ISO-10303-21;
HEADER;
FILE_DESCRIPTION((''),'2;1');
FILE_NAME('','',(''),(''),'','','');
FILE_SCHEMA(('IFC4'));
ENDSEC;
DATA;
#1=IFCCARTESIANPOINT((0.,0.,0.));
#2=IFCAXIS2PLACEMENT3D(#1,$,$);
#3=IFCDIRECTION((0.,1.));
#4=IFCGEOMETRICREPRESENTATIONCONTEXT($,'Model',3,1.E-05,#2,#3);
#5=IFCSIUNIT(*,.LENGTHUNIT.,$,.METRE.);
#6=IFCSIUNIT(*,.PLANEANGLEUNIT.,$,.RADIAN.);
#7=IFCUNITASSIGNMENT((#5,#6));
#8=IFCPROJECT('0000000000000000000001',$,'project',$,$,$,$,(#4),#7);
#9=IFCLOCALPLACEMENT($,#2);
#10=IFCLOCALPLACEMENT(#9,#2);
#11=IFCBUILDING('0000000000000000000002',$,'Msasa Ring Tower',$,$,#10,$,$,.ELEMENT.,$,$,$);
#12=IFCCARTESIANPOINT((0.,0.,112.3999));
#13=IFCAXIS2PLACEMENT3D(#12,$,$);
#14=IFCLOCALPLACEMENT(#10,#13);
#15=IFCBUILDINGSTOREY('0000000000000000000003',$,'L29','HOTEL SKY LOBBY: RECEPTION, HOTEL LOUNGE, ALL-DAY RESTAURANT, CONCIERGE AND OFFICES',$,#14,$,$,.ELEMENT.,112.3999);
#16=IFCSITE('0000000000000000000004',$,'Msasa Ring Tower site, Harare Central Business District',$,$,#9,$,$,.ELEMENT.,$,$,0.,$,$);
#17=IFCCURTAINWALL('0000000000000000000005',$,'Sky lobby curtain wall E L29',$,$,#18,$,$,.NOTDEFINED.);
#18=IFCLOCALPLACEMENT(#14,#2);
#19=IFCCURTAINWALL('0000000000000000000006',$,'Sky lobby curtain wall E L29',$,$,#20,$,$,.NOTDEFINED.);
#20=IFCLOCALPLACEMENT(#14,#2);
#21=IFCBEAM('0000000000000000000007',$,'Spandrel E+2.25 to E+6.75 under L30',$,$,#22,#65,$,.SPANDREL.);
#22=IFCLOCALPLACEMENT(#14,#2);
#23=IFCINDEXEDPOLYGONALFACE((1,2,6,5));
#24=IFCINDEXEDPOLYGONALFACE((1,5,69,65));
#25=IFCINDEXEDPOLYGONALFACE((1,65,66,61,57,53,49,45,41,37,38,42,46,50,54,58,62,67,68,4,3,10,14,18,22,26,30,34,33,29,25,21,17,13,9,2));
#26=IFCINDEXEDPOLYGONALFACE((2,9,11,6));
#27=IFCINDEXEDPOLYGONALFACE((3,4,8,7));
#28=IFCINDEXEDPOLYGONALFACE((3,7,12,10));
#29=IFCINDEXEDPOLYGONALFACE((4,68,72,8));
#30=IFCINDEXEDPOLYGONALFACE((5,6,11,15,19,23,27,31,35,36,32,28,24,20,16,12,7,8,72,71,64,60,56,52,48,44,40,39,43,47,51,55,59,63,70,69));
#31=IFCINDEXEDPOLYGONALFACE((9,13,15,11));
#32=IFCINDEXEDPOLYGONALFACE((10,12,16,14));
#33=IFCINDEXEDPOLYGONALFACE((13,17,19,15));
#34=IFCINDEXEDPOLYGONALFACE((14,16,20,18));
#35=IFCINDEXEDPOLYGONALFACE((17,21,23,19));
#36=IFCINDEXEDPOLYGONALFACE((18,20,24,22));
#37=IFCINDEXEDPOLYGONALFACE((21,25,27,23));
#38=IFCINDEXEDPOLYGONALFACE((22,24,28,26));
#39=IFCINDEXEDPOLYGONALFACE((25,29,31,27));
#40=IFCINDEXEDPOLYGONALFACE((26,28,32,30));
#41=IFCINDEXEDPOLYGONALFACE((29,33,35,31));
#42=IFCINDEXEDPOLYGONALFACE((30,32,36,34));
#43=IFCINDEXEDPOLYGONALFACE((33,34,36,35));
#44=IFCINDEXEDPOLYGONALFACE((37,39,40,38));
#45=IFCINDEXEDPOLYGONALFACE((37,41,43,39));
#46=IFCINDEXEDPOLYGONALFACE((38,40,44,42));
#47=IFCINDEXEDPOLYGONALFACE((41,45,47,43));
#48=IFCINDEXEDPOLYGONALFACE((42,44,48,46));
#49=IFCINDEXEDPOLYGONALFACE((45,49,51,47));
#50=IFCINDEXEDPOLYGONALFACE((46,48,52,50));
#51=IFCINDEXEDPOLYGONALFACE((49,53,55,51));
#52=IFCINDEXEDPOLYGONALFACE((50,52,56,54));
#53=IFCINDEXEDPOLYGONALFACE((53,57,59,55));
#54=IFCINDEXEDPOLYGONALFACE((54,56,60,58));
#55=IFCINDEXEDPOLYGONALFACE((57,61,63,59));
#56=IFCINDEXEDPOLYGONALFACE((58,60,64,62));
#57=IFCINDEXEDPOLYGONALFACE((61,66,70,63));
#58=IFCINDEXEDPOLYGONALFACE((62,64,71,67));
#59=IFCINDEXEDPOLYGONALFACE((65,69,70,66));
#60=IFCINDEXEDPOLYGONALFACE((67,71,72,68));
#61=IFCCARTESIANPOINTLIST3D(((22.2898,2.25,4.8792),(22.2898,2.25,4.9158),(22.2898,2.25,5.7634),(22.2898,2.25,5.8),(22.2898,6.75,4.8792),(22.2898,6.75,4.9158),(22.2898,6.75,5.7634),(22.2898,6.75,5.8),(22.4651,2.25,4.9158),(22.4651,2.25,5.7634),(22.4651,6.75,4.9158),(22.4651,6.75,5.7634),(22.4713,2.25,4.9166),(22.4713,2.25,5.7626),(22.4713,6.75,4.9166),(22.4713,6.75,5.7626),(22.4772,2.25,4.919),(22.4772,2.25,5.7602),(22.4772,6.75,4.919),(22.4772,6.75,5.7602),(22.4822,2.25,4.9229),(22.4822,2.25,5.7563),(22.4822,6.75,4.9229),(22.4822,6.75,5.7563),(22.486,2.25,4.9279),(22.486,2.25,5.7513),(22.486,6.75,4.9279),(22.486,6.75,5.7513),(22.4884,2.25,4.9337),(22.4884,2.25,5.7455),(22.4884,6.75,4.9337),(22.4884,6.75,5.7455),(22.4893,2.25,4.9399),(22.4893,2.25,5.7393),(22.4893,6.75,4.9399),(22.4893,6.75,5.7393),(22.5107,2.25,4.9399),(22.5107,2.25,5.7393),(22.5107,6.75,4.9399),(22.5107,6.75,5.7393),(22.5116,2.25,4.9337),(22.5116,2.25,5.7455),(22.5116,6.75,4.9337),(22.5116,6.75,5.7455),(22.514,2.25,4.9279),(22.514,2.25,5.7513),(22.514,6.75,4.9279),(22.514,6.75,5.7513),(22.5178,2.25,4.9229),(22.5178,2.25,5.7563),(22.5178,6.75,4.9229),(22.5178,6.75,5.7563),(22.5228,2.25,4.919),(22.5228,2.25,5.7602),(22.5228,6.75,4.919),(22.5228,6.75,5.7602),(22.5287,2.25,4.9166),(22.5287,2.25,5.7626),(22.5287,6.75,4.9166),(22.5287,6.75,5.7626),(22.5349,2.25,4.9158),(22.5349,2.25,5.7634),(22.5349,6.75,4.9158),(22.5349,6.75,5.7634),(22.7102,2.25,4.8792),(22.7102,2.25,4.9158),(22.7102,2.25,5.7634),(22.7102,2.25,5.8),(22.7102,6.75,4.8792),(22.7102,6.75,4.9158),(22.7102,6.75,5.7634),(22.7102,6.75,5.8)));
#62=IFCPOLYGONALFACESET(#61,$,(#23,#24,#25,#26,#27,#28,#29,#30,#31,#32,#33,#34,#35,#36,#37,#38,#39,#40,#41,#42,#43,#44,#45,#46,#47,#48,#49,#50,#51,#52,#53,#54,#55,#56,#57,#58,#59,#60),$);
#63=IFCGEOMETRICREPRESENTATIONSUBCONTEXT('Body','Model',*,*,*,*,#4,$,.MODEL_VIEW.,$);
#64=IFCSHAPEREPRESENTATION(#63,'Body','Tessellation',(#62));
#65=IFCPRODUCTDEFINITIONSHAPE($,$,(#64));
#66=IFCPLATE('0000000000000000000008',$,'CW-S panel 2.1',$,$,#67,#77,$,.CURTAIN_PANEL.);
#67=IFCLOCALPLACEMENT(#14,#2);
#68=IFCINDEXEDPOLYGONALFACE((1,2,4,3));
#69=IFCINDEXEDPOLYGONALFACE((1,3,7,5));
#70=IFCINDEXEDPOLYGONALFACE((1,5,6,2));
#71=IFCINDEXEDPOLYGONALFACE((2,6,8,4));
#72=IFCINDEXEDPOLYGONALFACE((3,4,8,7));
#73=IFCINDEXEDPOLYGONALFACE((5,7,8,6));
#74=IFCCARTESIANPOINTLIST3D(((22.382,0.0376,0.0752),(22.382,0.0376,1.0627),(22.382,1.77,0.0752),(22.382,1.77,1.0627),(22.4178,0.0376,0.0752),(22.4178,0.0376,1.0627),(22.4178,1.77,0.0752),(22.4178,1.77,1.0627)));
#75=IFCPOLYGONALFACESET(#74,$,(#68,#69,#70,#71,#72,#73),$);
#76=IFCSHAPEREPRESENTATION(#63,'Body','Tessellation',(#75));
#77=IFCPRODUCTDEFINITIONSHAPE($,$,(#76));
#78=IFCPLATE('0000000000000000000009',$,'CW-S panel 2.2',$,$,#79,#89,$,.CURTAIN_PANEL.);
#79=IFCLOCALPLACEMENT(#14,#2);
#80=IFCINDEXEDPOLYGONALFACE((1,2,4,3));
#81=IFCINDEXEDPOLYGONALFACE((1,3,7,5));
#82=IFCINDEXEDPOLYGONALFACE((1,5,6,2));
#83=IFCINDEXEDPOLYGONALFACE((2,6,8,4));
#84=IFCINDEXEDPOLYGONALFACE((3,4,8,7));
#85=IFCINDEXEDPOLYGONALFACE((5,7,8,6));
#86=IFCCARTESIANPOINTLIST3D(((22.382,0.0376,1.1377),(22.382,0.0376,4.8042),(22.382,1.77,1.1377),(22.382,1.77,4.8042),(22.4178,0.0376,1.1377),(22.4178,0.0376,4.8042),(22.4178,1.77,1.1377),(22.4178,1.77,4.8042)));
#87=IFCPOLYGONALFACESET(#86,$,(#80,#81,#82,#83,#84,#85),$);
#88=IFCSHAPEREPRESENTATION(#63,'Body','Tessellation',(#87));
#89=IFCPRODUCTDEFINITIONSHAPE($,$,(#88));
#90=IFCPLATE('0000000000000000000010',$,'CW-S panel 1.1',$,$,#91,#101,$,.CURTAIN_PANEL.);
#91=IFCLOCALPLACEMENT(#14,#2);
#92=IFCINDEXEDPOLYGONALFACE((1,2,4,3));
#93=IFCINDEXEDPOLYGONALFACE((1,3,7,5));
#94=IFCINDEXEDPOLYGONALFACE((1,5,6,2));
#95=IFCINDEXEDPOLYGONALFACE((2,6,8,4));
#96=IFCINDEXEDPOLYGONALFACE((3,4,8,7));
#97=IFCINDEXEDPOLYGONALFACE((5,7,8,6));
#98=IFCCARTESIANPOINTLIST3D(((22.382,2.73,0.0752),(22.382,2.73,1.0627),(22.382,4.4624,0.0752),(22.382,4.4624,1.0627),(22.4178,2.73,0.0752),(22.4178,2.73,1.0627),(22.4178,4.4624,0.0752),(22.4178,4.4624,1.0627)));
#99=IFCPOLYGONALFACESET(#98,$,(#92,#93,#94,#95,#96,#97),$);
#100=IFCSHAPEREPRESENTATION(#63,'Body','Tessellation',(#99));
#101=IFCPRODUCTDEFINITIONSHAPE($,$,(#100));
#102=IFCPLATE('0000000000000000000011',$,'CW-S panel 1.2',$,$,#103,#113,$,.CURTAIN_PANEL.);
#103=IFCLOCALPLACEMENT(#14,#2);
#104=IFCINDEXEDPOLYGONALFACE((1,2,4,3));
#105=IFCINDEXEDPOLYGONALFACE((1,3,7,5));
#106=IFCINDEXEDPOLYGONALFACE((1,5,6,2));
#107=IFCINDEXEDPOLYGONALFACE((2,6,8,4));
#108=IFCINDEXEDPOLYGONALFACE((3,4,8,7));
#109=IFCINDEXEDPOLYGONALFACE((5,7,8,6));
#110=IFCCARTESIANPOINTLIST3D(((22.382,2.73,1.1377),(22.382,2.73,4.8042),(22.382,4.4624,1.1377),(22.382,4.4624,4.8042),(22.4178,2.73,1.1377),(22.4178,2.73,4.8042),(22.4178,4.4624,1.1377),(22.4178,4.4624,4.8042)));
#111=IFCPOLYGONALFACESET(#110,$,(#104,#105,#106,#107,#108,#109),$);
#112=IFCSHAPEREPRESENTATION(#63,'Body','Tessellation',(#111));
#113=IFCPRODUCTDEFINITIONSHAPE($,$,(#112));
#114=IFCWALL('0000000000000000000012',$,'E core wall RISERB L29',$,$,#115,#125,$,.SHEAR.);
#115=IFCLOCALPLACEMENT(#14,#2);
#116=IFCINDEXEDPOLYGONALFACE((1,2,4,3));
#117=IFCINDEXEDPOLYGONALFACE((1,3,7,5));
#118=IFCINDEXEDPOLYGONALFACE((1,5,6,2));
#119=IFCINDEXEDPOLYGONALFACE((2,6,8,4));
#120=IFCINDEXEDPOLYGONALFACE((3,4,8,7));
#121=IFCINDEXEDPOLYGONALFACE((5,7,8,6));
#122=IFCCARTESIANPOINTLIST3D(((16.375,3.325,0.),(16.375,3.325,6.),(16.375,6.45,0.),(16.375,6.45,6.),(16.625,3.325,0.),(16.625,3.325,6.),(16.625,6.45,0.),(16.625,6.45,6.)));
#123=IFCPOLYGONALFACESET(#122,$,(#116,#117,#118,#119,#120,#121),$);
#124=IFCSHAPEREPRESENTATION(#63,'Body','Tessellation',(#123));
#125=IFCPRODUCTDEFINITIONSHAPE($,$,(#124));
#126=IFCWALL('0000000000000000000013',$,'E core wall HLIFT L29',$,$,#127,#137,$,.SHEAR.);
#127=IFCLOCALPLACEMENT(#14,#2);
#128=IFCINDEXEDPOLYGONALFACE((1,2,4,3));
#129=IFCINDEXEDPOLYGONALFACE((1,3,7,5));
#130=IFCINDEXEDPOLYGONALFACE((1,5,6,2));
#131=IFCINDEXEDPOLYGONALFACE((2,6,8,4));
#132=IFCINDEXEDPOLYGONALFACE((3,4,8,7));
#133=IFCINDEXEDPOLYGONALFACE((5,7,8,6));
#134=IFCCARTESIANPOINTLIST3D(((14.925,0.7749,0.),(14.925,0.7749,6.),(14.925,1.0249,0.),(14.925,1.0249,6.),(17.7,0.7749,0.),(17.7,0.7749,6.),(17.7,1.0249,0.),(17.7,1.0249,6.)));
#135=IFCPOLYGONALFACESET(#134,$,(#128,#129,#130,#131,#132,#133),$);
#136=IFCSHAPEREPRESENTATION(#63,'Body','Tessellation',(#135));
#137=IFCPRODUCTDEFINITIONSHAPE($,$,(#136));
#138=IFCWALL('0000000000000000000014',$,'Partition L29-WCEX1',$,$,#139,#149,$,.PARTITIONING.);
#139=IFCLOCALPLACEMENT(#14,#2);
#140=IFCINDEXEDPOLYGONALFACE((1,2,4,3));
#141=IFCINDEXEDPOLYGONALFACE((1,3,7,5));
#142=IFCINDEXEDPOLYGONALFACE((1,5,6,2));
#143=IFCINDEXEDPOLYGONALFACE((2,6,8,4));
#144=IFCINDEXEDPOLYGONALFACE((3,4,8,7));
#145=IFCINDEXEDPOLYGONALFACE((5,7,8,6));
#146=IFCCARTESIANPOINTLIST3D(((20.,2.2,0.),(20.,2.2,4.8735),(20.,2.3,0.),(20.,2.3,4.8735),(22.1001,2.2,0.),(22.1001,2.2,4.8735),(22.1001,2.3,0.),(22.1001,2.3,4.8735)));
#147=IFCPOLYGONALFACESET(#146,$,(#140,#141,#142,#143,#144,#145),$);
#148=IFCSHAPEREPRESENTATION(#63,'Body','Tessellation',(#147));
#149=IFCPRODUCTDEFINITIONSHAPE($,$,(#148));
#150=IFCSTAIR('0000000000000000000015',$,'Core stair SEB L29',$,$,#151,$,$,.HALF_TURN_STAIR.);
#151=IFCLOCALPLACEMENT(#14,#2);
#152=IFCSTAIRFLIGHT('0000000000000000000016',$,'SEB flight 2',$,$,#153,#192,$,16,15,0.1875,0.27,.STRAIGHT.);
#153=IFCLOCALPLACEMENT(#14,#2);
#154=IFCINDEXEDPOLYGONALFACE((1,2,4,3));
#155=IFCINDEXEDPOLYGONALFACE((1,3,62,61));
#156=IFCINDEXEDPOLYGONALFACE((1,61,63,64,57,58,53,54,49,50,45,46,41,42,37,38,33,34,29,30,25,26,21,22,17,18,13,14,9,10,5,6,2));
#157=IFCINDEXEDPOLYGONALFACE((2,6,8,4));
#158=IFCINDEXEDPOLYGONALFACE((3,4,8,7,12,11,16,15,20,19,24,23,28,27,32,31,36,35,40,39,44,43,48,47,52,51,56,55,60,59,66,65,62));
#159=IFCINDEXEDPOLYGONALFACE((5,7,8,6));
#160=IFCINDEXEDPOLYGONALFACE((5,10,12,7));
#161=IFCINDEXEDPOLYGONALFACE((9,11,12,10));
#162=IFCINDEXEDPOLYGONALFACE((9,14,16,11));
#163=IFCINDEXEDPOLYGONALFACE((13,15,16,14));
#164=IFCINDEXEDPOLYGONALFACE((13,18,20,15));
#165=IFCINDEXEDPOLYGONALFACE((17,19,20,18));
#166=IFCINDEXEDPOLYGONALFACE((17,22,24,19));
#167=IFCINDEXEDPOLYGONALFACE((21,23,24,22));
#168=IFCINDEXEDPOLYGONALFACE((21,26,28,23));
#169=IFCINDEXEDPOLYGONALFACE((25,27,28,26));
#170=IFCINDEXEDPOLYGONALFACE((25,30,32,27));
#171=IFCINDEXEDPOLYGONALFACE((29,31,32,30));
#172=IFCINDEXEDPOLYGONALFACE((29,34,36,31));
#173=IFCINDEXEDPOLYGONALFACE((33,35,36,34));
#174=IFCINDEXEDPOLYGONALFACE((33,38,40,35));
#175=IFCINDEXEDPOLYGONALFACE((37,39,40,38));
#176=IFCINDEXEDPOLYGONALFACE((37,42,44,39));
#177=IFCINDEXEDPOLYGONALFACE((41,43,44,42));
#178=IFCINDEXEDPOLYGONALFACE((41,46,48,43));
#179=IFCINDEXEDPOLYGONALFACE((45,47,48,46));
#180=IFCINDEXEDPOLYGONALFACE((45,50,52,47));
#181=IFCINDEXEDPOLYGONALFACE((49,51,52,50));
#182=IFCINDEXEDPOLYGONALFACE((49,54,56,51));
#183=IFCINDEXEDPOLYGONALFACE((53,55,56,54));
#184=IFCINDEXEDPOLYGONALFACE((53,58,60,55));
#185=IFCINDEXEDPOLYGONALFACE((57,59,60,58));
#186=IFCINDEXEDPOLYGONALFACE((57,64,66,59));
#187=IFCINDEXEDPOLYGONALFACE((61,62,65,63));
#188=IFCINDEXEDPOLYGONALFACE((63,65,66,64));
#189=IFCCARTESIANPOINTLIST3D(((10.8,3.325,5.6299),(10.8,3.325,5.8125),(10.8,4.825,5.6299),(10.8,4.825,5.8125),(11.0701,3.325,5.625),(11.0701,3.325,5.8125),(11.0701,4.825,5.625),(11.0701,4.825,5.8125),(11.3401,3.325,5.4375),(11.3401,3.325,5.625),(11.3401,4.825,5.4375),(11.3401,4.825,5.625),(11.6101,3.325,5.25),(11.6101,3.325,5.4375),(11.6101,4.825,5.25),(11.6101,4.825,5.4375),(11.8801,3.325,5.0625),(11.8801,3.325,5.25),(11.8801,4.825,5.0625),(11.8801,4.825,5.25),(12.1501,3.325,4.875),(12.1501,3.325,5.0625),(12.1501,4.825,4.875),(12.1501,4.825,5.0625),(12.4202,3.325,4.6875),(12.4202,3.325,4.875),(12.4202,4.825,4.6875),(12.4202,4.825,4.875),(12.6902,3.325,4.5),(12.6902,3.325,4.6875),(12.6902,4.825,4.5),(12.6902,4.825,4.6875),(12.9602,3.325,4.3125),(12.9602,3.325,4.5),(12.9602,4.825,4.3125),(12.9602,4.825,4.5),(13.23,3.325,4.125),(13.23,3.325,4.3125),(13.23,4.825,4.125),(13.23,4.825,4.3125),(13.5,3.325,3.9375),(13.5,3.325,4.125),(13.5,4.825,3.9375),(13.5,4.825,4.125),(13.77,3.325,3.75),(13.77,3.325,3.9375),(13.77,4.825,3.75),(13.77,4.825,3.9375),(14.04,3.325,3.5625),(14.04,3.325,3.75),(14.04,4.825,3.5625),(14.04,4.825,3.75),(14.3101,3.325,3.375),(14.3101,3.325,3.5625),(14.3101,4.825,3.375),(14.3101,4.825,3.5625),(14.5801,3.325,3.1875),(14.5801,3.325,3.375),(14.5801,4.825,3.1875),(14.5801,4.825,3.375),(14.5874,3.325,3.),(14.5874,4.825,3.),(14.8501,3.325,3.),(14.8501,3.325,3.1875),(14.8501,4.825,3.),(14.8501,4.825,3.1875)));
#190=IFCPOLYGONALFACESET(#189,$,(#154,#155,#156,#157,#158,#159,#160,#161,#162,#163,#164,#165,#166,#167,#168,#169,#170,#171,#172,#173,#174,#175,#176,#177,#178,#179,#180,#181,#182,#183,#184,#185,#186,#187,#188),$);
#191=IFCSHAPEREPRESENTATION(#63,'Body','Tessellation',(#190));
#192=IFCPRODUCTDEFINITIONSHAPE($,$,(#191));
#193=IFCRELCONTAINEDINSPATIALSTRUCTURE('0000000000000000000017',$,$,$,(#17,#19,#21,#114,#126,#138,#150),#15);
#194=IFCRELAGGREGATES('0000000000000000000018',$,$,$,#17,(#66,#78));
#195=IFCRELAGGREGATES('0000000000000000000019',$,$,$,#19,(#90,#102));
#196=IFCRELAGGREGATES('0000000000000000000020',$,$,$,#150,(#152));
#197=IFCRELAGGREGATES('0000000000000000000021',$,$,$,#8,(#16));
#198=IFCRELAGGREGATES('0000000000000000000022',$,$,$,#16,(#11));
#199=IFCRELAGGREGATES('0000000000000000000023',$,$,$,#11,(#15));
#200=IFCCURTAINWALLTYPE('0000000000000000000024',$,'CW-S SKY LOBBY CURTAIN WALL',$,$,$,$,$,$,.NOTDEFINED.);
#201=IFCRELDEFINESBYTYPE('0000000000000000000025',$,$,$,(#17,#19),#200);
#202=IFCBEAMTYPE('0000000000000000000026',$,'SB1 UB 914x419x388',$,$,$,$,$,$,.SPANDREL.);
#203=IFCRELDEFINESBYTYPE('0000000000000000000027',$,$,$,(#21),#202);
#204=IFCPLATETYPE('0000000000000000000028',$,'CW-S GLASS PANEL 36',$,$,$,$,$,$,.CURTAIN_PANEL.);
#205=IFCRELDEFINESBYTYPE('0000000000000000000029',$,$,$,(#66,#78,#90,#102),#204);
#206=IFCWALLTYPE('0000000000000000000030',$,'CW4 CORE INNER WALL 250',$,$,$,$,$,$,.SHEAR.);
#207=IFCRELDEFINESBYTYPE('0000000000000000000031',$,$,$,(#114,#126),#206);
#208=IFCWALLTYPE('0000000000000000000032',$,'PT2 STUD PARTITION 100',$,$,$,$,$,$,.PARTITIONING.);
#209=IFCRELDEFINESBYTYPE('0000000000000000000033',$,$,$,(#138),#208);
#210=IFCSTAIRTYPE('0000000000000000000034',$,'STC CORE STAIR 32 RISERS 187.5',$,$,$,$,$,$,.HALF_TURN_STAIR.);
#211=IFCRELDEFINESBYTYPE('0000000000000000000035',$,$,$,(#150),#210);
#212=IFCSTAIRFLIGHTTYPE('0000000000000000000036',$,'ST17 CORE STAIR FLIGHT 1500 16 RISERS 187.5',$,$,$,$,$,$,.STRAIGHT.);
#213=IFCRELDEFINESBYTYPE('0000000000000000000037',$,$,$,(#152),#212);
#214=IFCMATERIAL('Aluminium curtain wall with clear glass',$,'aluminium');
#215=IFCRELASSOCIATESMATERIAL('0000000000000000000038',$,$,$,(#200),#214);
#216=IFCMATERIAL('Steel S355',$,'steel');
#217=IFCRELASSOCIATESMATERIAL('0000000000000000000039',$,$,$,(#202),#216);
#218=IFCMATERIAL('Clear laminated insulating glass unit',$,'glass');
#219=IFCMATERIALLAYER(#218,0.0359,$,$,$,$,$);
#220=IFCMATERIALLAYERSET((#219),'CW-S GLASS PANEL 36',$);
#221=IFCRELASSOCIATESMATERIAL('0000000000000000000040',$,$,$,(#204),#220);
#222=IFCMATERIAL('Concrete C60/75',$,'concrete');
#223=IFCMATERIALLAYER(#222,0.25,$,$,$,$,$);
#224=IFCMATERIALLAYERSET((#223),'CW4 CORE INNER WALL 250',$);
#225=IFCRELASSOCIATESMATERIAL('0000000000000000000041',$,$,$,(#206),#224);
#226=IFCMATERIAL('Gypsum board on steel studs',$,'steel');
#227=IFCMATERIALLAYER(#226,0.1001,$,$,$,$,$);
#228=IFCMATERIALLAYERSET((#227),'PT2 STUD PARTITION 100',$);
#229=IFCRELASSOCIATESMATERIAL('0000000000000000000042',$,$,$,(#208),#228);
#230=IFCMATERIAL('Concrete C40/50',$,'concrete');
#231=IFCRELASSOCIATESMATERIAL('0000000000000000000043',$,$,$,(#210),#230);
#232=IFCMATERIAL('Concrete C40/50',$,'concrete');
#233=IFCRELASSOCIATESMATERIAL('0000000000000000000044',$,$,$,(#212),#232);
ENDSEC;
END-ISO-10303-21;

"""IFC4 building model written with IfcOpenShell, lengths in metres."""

from ifc_helpers import new_model, si_unit, direction, frame, frame_2d, origin, origin_2d, place, context, subcontext, project, spatial, polyline, rectangle, i_section, outline, extrude, material, layer, layer_set, material_profile, profile_set, type_object, element, aggregate, save


model = new_model("IFC4")

# Units and contexts
model_context = context("Model", 3, precision=1e-05, world=origin(), true_north=direction((0.0, 1.0)))
body_context = subcontext(model_context, "Body", "Model", "MODEL_VIEW")
ifc_project = project(units=[si_unit("LENGTHUNIT", "METRE"), si_unit("PLANEANGLEUNIT", "RADIAN")], contexts=[model_context])

# Site, building, storey
site_placement = place(None, origin())
site = spatial("IfcSite", under=ifc_project, at=site_placement, Name="Msasa Ring Tower site, Harare Central Business District", CompositionType="ELEMENT", RefElevation=0.0)
building_placement = place(site_placement, origin())
building = spatial("IfcBuilding", under=site, at=building_placement, Name="Msasa Ring Tower", CompositionType="ELEMENT")
storey_placement = place(building_placement, frame((0.0, 0.0, 112.3999)))
storey = spatial("IfcBuildingStorey", under=building, at=storey_placement, Name="L29", Description="HOTEL SKY LOBBY: RECEPTION, HOTEL LOUNGE, ALL-DAY RESTAURANT, CONCIERGE AND OFFICES", CompositionType="ELEMENT", Elevation=112.3999)

# Curtain wall
ifc_material_1 = material(Name="Aluminium curtain wall with clear glass", Category="aluminium")
curtain_wall_type = type_object("IfcCurtainWallType", Name="CW-S SKY LOBBY CURTAIN WALL", PredefinedType="NOTDEFINED", material=ifc_material_1)
curtain_wall_1_placement = place(storey_placement, origin())
curtain_wall_1 = element("IfcCurtainWall", 1, at=curtain_wall_1_placement, inside=storey, type_object=curtain_wall_type, Name="Sky lobby curtain wall E L29", PredefinedType="NOTDEFINED")

# Curtain wall
curtain_wall_2_placement = place(storey_placement, origin())
curtain_wall_2 = element("IfcCurtainWall", 2, at=curtain_wall_2_placement, inside=storey, type_object=curtain_wall_type, Name="Sky lobby curtain wall E L29", PredefinedType="NOTDEFINED")

# Beam
ifc_material_2 = material(Name="Steel S355", Category="steel")
ifc_material_profile_1 = material_profile(ifc_material_2, i_section(OverallWidth=0.4204, OverallDepth=0.9209, WebThickness=0.0215, FlangeThickness=0.0366, FilletRadius=0.0242, at=origin_2d()), Name="UB 914x419x388")
ifc_profile_set_1 = profile_set([ifc_material_profile_1], Name="Steel S355")
beam_type_1 = type_object("IfcBeamType", Name="SB1 UB 914x419x388", PredefinedType="SPANDREL", material=ifc_profile_set_1)
beam_1_placement = place(storey_placement, frame((22.5, 2.25, 5.3396), z_axis=(0.0, 1.0, 0.0), x_axis=(-1.0, 0.0, 0.0)))
element("IfcBeam", 3, at=beam_1_placement, inside=storey, type_object=beam_type_1, Name="Spandrel E+2.25 to E+6.75 under L30", PredefinedType="SPANDREL", context=body_context, shape_type="SweptSolid", body=[
    extrude(i_section(OverallWidth=0.4204, OverallDepth=0.9209, WebThickness=0.0215, FlangeThickness=0.0366, FilletRadius=0.0242, at=origin_2d()), origin(), (0.0, 0.0, 1.0), 4.5),
])

# Plates
ifc_material_3 = material(Name="Clear laminated insulating glass unit", Category="glass")
ifc_layer_1 = layer(ifc_material_3, 0.0359)
ifc_layer_set_1 = layer_set([ifc_layer_1], Name="CW-S GLASS PANEL 36")
plate_type = type_object("IfcPlateType", Name="CW-S GLASS PANEL 36", PredefinedType="CURTAIN_PANEL", material=ifc_layer_set_1)
plate_1_placement = place(storey_placement, frame((22.3999, 0.9038, 0.0752), z_axis=(0.0, 0.0, 1.0), x_axis=(0.0, 1.0, 0.0)))
plate_1 = element("IfcPlate", 4, at=plate_1_placement, type_object=plate_type, Name="CW-S panel 2.1", PredefinedType="CURTAIN_PANEL", context=body_context, shape_type="SweptSolid", body=[
    extrude(rectangle(XDim=1.7324, YDim=0.0359, at=origin_2d()), origin(), (0.0, 0.0, 1.0), 0.9875),
])
plate_2_placement = place(storey_placement, frame((22.3999, 0.9038, 1.1377), z_axis=(0.0, 0.0, 1.0), x_axis=(0.0, 1.0, 0.0)))
plate_2 = element("IfcPlate", 5, at=plate_2_placement, type_object=plate_type, Name="CW-S panel 2.2", PredefinedType="CURTAIN_PANEL", context=body_context, shape_type="SweptSolid", body=[
    extrude(rectangle(XDim=1.7324, YDim=0.0359, at=origin_2d()), origin(), (0.0, 0.0, 1.0), 3.6665),
])
aggregate(curtain_wall_1, [plate_1, plate_2])
plate_3_placement = place(storey_placement, frame((22.3999, 3.5962, 0.0752), z_axis=(0.0, 0.0, 1.0), x_axis=(0.0, 1.0, 0.0)))
plate_3 = element("IfcPlate", 6, at=plate_3_placement, type_object=plate_type, Name="CW-S panel 1.1", PredefinedType="CURTAIN_PANEL", context=body_context, shape_type="SweptSolid", body=[
    extrude(rectangle(XDim=1.7324, YDim=0.0359, at=origin_2d()), origin(), (0.0, 0.0, 1.0), 0.9875),
])
plate_4_placement = place(storey_placement, frame((22.3999, 3.5962, 1.1377), z_axis=(0.0, 0.0, 1.0), x_axis=(0.0, 1.0, 0.0)))
plate_4 = element("IfcPlate", 7, at=plate_4_placement, type_object=plate_type, Name="CW-S panel 1.2", PredefinedType="CURTAIN_PANEL", context=body_context, shape_type="SweptSolid", body=[
    extrude(rectangle(XDim=1.7324, YDim=0.0359, at=origin_2d()), origin(), (0.0, 0.0, 1.0), 3.6665),
])
aggregate(curtain_wall_2, [plate_3, plate_4])

# Walls
ifc_material_4 = material(Name="Concrete C60/75", Category="concrete")
ifc_layer_2 = layer(ifc_material_4, 0.25)
ifc_layer_set_2 = layer_set([ifc_layer_2], Name="CW4 CORE INNER WALL 250")
wall_type_1 = type_object("IfcWallType", Name="CW4 CORE INNER WALL 250", PredefinedType="SHEAR", material=ifc_layer_set_2)
wall_1_placement = place(storey_placement, frame((16.5, 3.325, 0.0), z_axis=(0.0, 0.0, 1.0), x_axis=(0.0, 1.0, 0.0)))
element("IfcWall", 8, at=wall_1_placement, inside=storey, type_object=wall_type_1, Name="E core wall RISERB L29", PredefinedType="SHEAR", context=body_context, shape_type="SweptSolid", body=[
    extrude(rectangle(XDim=3.125, YDim=0.25, at=frame_2d((1.5625, 0.0))), origin(), (0.0, 0.0, 1.0), 6.0),
])
wall_2_placement = place(storey_placement, frame((14.925, 0.8999, 0.0), z_axis=(0.0, 0.0, 1.0), x_axis=(1.0, 0.0, 0.0)))
element("IfcWall", 9, at=wall_2_placement, inside=storey, type_object=wall_type_1, Name="E core wall HLIFT L29", PredefinedType="SHEAR", context=body_context, shape_type="SweptSolid", body=[
    extrude(rectangle(XDim=2.7749, YDim=0.25, at=frame_2d((1.3875, 0.0))), origin(), (0.0, 0.0, 1.0), 6.0),
])
ifc_material_5 = material(Name="Gypsum board on steel studs", Category="steel")
ifc_layer_3 = layer(ifc_material_5, 0.1001)
ifc_layer_set_3 = layer_set([ifc_layer_3], Name="PT2 STUD PARTITION 100")
wall_type_2 = type_object("IfcWallType", Name="PT2 STUD PARTITION 100", PredefinedType="PARTITIONING", material=ifc_layer_set_3)
wall_3_placement = place(storey_placement, frame((20.0, 2.25, 0.0), z_axis=(0.0, 0.0, 1.0), x_axis=(1.0, 0.0, 0.0)))
element("IfcWall", 10, at=wall_3_placement, inside=storey, type_object=wall_type_2, Name="Partition L29-WCEX1", PredefinedType="PARTITIONING", context=body_context, shape_type="SweptSolid", body=[
    extrude(rectangle(XDim=2.1001, YDim=0.1001, at=frame_2d((1.05, 0.0))), origin(), (0.0, 0.0, 1.0), 4.8735),
])

# Stair, stair flight
ifc_material_6 = material(Name="Concrete C40/50", Category="concrete")
stair_type = type_object("IfcStairType", Name="STC CORE STAIR 32 RISERS 187.5", PredefinedType="HALF_TURN_STAIR", material=ifc_material_6)
stair_placement = place(storey_placement, origin())
stair = element("IfcStair", 11, at=stair_placement, inside=storey, type_object=stair_type, Name="Core stair SEB L29", PredefinedType="HALF_TURN_STAIR")
ifc_material_7 = material(Name="Concrete C40/50", Category="concrete")
stair_flight_type = type_object("IfcStairFlightType", Name="ST17 CORE STAIR FLIGHT 1500 16 RISERS 187.5", PredefinedType="STRAIGHT", material=ifc_material_7)
stair_flight_placement = place(storey_placement, frame((14.8501, 4.075, 3.0), z_axis=(0.0, 0.0, 1.0), x_axis=(-1.0, 0.0, 0.0)))
stair_flight = element("IfcStairFlight", 12, at=stair_flight_placement, type_object=stair_flight_type, Name="SEB flight 2", NumberOfRisers=16, NumberOfTreads=15, PredefinedType="STRAIGHT", RiserHeight=0.1875, TreadLength=0.27, context=body_context, shape_type="SweptSolid", body=[
    extrude(outline(polyline([(0.0, 0.0), (0.0, 0.1875), (0.27, 0.1875), (0.27, 0.375), (0.54, 0.375), (0.54, 0.5625), (0.8101, 0.5625), (0.8101, 0.75), (1.0801, 0.75), (1.0801, 0.9375), (1.3501, 0.9375), (1.3501, 1.125), (1.6201, 1.125), (1.6201, 1.3125), (1.8899, 1.3125), (1.8899, 1.5), (2.1599, 1.5), (2.1599, 1.6875), (2.4299, 1.6875), (2.4299, 1.875), (2.7, 1.875), (2.7, 2.0625), (2.97, 2.0625), (2.97, 2.25), (3.24, 2.25), (3.24, 2.4375), (3.51, 2.4375), (3.51, 2.625), (3.78, 2.625), (3.78, 2.8125), (4.05, 2.8125), (4.05, 3.0), (4.05, 2.6299), (0.2627, 0.0), (0.0, 0.0)])), frame((0.0, 0.75, 0.0), z_axis=(0.0, -1.0, 0.0), x_axis=(1.0, 0.0, 0.0)), (0.0, 0.0, 1.0), 1.5),
])
aggregate(stair, [stair_flight])

save(model, "model.ifc")
